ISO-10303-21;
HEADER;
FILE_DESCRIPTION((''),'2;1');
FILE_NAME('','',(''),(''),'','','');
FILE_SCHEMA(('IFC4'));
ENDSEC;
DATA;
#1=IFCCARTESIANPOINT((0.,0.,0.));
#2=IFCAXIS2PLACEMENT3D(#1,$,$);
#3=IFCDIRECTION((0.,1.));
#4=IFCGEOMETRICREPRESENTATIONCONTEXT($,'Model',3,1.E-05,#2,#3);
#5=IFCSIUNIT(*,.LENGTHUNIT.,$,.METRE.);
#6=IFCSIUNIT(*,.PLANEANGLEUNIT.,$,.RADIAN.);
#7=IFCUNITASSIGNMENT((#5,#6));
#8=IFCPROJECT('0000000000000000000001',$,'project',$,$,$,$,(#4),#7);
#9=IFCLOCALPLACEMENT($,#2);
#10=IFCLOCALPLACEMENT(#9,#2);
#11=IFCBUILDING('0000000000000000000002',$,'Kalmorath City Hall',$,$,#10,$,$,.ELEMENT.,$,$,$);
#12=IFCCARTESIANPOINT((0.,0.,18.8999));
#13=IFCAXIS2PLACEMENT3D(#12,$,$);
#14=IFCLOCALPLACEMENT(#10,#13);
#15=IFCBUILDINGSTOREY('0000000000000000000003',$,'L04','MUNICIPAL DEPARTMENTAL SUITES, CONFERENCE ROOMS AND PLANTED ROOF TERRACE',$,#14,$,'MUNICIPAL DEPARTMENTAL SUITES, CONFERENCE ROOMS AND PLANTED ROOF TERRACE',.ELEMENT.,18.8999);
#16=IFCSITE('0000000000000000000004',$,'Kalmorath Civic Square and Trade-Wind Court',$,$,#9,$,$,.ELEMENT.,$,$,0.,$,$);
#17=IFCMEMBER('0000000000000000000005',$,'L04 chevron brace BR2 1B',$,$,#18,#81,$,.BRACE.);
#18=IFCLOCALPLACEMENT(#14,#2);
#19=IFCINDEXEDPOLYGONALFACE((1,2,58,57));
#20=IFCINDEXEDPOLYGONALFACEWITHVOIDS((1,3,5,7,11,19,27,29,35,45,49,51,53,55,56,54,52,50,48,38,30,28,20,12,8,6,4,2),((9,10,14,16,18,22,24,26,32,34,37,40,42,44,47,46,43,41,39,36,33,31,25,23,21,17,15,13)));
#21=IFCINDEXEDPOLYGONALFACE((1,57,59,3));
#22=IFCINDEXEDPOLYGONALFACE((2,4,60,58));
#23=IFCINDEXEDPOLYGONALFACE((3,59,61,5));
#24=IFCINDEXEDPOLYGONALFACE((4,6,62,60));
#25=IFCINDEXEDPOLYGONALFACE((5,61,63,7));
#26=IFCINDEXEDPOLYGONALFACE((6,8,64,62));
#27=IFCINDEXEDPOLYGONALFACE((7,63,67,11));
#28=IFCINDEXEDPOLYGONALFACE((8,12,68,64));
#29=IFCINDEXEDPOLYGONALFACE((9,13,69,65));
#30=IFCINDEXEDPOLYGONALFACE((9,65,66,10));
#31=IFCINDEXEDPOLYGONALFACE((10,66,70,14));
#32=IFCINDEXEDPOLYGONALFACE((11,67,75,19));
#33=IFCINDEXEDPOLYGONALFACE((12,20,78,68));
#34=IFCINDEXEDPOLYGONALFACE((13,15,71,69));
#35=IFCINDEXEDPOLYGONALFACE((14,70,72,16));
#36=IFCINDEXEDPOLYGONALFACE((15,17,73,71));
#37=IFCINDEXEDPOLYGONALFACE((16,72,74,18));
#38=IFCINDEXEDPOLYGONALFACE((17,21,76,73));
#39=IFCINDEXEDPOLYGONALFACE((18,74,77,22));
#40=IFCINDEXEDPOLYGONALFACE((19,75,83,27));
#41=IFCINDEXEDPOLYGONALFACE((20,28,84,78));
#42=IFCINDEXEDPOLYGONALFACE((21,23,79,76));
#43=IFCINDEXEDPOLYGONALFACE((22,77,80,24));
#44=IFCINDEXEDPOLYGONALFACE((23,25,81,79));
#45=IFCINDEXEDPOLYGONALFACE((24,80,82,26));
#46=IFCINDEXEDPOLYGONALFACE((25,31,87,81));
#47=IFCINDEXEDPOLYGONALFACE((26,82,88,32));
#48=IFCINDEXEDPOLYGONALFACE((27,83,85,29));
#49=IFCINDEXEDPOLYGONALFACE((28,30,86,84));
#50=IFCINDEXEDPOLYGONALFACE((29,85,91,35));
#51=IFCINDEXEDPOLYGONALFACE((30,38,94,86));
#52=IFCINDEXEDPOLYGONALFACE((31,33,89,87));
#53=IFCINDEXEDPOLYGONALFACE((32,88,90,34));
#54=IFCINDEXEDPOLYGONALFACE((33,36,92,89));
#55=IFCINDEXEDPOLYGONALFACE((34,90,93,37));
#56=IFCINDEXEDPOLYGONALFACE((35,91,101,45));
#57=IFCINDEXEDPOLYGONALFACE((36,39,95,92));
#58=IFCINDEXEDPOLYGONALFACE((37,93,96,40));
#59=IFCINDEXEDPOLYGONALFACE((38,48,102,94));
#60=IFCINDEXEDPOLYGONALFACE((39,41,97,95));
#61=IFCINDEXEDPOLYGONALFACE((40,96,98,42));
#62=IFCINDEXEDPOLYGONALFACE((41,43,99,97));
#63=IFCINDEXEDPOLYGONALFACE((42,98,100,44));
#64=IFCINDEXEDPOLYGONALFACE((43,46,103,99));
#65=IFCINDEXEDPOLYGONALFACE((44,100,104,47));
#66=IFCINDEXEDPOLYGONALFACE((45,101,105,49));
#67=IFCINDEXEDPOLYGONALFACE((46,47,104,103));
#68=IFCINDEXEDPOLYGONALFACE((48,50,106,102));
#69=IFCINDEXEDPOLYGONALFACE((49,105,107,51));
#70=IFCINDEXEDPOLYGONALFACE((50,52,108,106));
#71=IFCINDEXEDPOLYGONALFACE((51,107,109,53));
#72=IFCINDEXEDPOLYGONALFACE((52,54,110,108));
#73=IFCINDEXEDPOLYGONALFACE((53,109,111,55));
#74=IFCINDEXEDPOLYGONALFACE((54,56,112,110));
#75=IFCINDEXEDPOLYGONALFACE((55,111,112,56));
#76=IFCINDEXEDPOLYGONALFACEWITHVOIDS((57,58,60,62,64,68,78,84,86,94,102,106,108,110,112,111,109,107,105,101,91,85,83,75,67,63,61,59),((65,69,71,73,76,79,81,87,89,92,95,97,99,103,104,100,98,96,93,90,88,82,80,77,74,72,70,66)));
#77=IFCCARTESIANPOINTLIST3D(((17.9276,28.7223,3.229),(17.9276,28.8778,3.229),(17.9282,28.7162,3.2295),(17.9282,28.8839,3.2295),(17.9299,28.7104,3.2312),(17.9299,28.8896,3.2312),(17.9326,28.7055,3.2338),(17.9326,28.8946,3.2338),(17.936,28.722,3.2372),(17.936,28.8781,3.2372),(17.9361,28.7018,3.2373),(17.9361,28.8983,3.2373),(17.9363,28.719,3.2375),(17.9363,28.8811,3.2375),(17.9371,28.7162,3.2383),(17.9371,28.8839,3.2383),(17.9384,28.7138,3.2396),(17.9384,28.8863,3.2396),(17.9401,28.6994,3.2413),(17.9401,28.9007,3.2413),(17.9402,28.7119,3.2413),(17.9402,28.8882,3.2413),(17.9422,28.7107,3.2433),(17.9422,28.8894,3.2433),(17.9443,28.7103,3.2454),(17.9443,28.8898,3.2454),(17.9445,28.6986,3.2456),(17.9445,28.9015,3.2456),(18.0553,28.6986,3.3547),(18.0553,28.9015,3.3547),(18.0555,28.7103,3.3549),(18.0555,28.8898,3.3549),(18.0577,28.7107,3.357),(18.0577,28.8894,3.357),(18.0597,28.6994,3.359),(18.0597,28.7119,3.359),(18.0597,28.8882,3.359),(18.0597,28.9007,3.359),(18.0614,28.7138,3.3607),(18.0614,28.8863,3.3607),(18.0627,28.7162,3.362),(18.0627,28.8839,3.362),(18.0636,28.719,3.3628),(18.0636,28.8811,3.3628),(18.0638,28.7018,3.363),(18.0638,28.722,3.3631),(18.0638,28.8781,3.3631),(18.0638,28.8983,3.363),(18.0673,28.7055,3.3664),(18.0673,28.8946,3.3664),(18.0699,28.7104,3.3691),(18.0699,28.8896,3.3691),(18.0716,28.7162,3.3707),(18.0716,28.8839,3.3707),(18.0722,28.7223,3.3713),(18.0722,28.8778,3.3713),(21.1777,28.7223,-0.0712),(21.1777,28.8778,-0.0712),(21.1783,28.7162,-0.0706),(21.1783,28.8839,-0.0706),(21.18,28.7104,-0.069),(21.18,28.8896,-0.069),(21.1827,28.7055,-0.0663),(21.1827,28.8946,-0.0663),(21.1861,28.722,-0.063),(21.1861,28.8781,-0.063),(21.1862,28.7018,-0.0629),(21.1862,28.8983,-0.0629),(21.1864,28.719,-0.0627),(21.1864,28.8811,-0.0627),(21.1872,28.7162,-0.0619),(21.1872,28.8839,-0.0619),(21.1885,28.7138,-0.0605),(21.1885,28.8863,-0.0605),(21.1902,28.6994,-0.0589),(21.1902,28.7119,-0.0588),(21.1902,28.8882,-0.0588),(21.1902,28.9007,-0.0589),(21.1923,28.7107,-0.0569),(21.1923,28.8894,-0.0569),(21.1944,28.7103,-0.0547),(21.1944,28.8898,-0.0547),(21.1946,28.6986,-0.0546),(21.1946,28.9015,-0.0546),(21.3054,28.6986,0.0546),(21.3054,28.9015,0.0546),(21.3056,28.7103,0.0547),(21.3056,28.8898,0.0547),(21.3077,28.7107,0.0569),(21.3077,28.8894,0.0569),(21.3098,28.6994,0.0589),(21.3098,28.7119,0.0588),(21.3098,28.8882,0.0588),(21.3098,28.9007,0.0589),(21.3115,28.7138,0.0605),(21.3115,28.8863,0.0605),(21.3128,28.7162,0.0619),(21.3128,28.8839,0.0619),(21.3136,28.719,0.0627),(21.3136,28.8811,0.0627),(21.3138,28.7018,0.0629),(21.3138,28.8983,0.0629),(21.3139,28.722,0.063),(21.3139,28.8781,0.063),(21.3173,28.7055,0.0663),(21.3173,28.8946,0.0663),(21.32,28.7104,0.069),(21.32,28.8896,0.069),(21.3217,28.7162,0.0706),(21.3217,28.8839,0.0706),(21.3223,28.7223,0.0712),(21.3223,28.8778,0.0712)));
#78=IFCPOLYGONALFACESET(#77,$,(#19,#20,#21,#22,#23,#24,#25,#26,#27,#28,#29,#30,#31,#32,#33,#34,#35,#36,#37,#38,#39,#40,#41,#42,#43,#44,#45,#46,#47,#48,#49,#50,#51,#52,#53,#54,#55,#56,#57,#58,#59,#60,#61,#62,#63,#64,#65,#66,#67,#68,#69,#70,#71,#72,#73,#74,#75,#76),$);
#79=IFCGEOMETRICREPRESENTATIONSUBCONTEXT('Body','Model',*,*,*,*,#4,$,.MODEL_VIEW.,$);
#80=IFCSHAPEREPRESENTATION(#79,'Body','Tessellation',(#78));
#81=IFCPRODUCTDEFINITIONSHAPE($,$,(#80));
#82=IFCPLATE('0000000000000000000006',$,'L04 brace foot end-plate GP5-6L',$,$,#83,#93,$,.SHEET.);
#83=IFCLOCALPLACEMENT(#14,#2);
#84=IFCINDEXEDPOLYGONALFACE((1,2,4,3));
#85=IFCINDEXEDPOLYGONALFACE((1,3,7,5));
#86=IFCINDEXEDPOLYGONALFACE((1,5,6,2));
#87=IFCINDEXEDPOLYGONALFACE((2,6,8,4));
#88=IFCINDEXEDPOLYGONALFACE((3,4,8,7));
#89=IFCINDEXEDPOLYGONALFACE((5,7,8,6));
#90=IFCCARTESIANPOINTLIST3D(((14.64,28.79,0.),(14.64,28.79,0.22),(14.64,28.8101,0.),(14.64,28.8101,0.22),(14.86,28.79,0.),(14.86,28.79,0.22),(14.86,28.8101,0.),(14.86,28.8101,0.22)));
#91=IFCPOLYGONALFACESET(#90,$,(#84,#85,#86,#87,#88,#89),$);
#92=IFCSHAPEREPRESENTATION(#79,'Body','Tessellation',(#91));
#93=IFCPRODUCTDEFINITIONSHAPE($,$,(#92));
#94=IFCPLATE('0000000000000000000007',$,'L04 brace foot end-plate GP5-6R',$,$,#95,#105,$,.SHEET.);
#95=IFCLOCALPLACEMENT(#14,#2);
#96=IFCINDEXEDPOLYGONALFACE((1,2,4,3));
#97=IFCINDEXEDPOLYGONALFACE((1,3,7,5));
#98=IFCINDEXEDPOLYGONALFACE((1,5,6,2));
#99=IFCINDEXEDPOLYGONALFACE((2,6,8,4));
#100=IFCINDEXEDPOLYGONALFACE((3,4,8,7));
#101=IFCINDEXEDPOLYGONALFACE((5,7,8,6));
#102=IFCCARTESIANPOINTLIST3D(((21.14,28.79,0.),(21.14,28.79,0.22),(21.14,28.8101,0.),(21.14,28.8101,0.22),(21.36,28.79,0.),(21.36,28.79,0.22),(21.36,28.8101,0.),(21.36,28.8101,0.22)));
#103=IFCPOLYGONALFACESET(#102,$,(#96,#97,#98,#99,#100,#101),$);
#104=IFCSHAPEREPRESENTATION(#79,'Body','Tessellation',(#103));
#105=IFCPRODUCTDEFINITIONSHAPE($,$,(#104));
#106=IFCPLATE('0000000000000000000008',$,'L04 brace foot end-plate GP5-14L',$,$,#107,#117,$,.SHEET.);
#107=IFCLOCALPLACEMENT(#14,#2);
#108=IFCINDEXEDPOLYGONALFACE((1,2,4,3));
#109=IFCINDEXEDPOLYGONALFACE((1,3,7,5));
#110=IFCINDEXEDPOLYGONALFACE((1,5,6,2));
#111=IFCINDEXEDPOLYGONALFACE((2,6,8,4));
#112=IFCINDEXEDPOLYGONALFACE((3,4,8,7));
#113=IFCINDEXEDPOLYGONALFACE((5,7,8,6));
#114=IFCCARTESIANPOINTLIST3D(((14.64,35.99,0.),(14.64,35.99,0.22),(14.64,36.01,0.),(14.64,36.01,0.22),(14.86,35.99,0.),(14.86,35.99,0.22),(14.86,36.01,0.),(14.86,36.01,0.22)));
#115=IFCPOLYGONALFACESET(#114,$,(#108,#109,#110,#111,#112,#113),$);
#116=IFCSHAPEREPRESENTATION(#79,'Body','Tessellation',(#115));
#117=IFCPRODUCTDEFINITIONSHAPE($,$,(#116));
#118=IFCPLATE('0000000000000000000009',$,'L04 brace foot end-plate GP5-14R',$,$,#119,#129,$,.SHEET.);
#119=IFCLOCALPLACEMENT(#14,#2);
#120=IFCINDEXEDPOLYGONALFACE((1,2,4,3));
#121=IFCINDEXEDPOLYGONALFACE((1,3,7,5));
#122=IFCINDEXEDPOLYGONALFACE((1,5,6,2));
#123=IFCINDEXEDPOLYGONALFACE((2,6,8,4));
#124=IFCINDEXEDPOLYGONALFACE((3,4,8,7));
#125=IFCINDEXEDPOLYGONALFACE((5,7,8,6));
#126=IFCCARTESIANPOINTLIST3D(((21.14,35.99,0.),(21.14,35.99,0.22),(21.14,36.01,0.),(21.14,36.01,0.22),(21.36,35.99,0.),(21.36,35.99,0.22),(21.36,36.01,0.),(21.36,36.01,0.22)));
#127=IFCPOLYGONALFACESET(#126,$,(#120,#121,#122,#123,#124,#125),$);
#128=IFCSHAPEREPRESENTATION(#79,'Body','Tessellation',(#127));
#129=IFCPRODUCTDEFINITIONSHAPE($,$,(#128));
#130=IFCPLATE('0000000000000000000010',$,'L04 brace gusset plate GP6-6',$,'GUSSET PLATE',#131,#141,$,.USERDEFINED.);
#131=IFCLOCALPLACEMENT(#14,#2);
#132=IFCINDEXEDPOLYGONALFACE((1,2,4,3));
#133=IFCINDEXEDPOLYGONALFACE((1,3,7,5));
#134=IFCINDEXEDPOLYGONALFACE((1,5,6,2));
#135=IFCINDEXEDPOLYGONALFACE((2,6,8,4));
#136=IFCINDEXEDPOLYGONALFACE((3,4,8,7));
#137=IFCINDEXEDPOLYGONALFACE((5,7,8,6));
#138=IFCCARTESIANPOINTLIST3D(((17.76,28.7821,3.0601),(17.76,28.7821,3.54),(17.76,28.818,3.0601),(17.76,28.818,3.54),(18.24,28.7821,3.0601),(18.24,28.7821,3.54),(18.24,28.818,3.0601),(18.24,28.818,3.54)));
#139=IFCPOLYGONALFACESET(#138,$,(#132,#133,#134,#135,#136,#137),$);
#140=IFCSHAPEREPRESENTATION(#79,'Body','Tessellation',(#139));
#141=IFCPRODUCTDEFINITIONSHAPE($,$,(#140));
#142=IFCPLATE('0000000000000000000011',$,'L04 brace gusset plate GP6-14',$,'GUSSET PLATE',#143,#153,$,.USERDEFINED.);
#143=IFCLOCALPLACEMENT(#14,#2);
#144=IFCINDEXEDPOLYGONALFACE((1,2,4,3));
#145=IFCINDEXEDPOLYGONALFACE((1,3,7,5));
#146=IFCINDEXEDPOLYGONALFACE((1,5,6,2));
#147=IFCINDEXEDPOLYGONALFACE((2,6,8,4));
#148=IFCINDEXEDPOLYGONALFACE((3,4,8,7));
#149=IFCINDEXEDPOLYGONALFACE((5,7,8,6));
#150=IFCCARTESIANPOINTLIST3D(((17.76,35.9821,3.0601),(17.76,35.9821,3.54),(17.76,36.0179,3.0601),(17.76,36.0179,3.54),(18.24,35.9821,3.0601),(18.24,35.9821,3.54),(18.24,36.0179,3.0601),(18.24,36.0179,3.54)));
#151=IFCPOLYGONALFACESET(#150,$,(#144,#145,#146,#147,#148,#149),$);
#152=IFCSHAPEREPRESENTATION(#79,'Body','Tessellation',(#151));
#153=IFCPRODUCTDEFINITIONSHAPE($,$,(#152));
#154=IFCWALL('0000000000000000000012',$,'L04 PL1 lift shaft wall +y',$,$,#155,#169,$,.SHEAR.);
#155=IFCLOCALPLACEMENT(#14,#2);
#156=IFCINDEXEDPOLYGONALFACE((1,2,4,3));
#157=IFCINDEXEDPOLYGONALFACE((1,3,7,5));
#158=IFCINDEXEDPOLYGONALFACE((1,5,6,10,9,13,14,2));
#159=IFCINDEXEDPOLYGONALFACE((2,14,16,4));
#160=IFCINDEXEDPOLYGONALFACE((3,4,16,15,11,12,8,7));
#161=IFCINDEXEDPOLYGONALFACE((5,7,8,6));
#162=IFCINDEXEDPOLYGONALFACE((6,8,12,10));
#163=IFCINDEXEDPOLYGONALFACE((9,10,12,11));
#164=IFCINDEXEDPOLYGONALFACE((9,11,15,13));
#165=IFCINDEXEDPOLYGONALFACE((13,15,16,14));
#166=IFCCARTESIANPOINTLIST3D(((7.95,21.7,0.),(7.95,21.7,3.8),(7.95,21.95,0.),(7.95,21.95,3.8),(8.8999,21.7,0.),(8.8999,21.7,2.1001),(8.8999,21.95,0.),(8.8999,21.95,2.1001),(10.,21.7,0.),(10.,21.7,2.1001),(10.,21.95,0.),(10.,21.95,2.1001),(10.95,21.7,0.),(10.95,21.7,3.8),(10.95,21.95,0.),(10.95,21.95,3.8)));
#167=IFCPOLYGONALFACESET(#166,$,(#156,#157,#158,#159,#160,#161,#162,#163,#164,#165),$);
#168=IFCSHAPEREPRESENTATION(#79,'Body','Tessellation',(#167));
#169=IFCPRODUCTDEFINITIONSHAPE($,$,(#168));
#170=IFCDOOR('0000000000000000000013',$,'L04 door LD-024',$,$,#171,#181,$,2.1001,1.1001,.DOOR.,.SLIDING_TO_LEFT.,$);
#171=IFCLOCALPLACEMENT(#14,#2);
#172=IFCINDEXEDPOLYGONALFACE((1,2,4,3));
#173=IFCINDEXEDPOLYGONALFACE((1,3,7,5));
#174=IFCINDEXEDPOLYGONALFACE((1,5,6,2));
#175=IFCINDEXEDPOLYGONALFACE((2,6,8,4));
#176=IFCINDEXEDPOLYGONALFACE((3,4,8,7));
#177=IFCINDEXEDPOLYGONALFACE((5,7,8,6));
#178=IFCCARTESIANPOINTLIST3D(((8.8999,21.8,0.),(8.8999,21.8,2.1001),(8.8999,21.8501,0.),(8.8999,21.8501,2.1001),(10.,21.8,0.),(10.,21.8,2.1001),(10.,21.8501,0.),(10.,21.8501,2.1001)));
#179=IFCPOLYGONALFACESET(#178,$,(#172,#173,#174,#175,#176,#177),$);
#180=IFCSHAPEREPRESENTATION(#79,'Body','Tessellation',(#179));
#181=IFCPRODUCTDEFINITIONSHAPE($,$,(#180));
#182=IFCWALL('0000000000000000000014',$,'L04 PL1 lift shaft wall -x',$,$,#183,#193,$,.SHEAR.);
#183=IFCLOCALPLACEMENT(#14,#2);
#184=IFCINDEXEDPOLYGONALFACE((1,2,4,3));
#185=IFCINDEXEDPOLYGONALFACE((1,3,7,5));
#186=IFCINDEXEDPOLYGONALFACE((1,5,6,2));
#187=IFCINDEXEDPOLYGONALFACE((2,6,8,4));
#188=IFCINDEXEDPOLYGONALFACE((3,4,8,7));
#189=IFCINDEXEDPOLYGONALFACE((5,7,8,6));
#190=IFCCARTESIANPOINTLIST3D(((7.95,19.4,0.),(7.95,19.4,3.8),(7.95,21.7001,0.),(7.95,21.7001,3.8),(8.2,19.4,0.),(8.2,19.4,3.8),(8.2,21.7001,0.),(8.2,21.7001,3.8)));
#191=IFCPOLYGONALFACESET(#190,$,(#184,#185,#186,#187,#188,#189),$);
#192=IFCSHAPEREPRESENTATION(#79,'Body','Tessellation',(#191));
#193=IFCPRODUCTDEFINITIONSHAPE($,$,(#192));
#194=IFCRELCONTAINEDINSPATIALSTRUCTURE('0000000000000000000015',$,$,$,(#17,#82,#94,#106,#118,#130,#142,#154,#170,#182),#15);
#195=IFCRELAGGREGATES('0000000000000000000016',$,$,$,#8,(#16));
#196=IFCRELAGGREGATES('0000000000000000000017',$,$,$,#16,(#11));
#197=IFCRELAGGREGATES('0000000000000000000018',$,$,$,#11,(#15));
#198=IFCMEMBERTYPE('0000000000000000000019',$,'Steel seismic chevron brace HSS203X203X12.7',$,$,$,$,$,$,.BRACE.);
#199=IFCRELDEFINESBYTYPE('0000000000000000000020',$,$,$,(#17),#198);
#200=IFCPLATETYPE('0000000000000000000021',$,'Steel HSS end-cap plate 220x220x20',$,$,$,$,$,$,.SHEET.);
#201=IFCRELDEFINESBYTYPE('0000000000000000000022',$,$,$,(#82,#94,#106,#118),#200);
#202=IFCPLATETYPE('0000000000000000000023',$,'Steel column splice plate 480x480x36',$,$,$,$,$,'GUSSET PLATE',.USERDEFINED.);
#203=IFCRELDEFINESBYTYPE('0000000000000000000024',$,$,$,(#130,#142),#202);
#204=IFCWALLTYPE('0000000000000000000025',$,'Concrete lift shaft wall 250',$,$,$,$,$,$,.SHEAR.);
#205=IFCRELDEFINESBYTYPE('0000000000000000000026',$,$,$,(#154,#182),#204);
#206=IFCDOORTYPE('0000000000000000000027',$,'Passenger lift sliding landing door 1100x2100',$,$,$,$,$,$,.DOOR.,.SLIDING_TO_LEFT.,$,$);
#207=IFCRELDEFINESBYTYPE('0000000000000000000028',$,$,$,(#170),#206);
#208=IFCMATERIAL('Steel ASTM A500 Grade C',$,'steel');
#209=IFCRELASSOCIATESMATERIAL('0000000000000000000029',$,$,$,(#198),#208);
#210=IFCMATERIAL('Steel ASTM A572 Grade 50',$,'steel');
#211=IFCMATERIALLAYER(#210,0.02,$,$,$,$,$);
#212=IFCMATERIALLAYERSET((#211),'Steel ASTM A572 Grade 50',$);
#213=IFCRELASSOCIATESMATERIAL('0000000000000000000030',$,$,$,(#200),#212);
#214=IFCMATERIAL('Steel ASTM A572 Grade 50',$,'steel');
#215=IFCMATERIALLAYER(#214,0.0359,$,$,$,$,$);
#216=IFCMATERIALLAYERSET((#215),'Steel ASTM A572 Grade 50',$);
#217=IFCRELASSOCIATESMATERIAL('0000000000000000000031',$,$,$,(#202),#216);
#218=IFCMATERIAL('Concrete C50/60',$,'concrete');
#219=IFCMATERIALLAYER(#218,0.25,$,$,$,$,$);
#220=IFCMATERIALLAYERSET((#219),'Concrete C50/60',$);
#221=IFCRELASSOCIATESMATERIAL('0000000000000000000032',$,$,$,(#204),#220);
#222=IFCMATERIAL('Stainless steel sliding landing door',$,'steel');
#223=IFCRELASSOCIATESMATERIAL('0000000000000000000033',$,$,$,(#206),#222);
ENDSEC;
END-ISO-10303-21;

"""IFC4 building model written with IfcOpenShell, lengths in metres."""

from ifc_helpers import new_model, si_unit, direction, frame, frame_2d, origin, origin_2d, place, context, subcontext, project, spatial, rectangle, hollow_rectangle, extrude, material, layer, layer_set, material_profile, profile_set, type_object, element, fill, save


model = new_model("IFC4")

# Units and contexts
model_context = context("Model", 3, precision=1e-05, world=origin(), true_north=direction((0.0, 1.0)))
body_context = subcontext(model_context, "Body", "Model", "MODEL_VIEW")
ifc_project = project(units=[si_unit("LENGTHUNIT", "METRE"), si_unit("PLANEANGLEUNIT", "RADIAN")], contexts=[model_context])

# Site, building, storey
site_placement = place(None, origin())
site = spatial("IfcSite", under=ifc_project, at=site_placement, Name="Kalmorath Civic Square and Trade-Wind Court", CompositionType="ELEMENT", RefElevation=0.0)
building_placement = place(site_placement, origin())
building = spatial("IfcBuilding", under=site, at=building_placement, Name="Kalmorath City Hall", CompositionType="ELEMENT")
storey_placement = place(building_placement, frame((0.0, 0.0, 18.8999)))
storey = spatial("IfcBuildingStorey", under=building, at=storey_placement, Name="L04", Description="MUNICIPAL DEPARTMENTAL SUITES, CONFERENCE ROOMS AND PLANTED ROOF TERRACE", LongName="MUNICIPAL DEPARTMENTAL SUITES, CONFERENCE ROOMS AND PLANTED ROOF TERRACE", CompositionType="ELEMENT", Elevation=18.8999)

# Member
ifc_material_1 = material(Name="Steel ASTM A500 Grade C", Category="steel")
ifc_material_profile_1 = material_profile(ifc_material_1, hollow_rectangle(XDim=0.2029, YDim=0.2029, WallThickness=0.0117, InnerFilletRadius=0.0117, OuterFilletRadius=0.0237, at=origin_2d()), Name="HSS203X203X12.7")
ifc_profile_set_1 = profile_set([ifc_material_profile_1], Name="Steel ASTM A500 Grade C")
member_type_1 = type_object("IfcMemberType", Name="Steel seismic chevron brace HSS203X203X12.7", PredefinedType="BRACE", material=ifc_profile_set_1)
for number, where, z_axis, x_axis, name in (
    (1, (21.25, 28.8, 0.0), (-0.701683, 0.0, 0.712489), (0.0, -1.0, 0.0), "L04 chevron brace BR2 1B"),
):
    element("IfcMember", number, at=place(storey_placement, frame(where, z_axis=z_axis, x_axis=x_axis)), inside=storey, type_object=member_type_1, Name=name, PredefinedType="BRACE", context=body_context, shape_type="SweptSolid", body=[
        extrude(hollow_rectangle(XDim=0.2029, YDim=0.2029, WallThickness=0.0117, InnerFilletRadius=0.0117, OuterFilletRadius=0.0237, at=origin_2d()), origin(), (0.0, 0.0, 1.0), 4.6318),
    ])

# Plates
ifc_material_2 = material(Name="Steel ASTM A572 Grade 50", Category="steel")
ifc_layer_1 = layer(ifc_material_2, 0.02)
ifc_layer_set_1 = layer_set([ifc_layer_1], Name="Steel ASTM A572 Grade 50")
plate_type_1 = type_object("IfcPlateType", Name="Steel HSS end-cap plate 220x220x20", PredefinedType="SHEET", material=ifc_layer_set_1)
for number, where, z_axis, x_axis, name in (
    (2, (14.75, 28.8, 0.0), (0.0, 0.0, 1.0), (1.0, 0.0, 0.0), "L04 brace foot end-plate GP5-6L"),
    (3, (21.25, 28.8, 0.0), (0.0, 0.0, 1.0), (1.0, 0.0, 0.0), "L04 brace foot end-plate GP5-6R"),
    (4, (14.75, 36.0, 0.0), (0.0, 0.0, 1.0), (1.0, 0.0, 0.0), "L04 brace foot end-plate GP5-14L"),
    (5, (21.25, 36.0, 0.0), (0.0, 0.0, 1.0), (1.0, 0.0, 0.0), "L04 brace foot end-plate GP5-14R"),
):
    element("IfcPlate", number, at=place(storey_placement, frame(where, z_axis=z_axis, x_axis=x_axis)), inside=storey, type_object=plate_type_1, Name=name, PredefinedType="SHEET", context=body_context, shape_type="SweptSolid", body=[
        extrude(rectangle(XDim=0.22, YDim=0.02, at=origin_2d()), origin(), (0.0, 0.0, 1.0), 0.22),
    ])
ifc_material_3 = material(Name="Steel ASTM A572 Grade 50", Category="steel")
ifc_layer_2 = layer(ifc_material_3, 0.0359)
ifc_layer_set_2 = layer_set([ifc_layer_2], Name="Steel ASTM A572 Grade 50")
plate_type_2 = type_object("IfcPlateType", Name="Steel column splice plate 480x480x36", ElementType="GUSSET PLATE", PredefinedType="USERDEFINED", material=ifc_layer_set_2)
for number, where, z_axis, x_axis, name in (
    (6, (18.0, 28.8, 3.0601), (0.0, 0.0, 1.0), (1.0, 0.0, 0.0), "L04 brace gusset plate GP6-6"),
    (7, (18.0, 36.0, 3.0601), (0.0, 0.0, 1.0), (1.0, 0.0, 0.0), "L04 brace gusset plate GP6-14"),
):
    element("IfcPlate", number, at=place(storey_placement, frame(where, z_axis=z_axis, x_axis=x_axis)), inside=storey, type_object=plate_type_2, Name=name, ObjectType="GUSSET PLATE", PredefinedType="USERDEFINED", context=body_context, shape_type="SweptSolid", body=[
        extrude(rectangle(XDim=0.48, YDim=0.0359, at=origin_2d()), origin(), (0.0, 0.0, 1.0), 0.48),
    ])

# Wall, opening, door
ifc_material_4 = material(Name="Concrete C50/60", Category="concrete")
ifc_layer_3 = layer(ifc_material_4, 0.25)
ifc_layer_set_3 = layer_set([ifc_layer_3], Name="Concrete C50/60")
wall_type_1 = type_object("IfcWallType", Name="Concrete lift shaft wall 250", PredefinedType="SHEAR", material=ifc_layer_set_3)
wall_1_placement = place(storey_placement, frame((10.95, 21.825, 0.0), z_axis=(0.0, 0.0, 1.0), x_axis=(-1.0, 0.0, 0.0)))
wall_1 = element("IfcWall", 8, at=wall_1_placement, inside=storey, type_object=wall_type_1, Name="L04 PL1 lift shaft wall +y", PredefinedType="SHEAR", context=body_context, shape_type="SweptSolid", body=[
    extrude(rectangle(XDim=3.0, YDim=0.25, at=frame_2d((1.5, 0.0))), origin(), (0.0, 0.0, 1.0), 3.8),
])
opening_1_placement = place(wall_1_placement, frame((0.95, 0.0, 0.0)))
opening_1 = element("IfcOpeningElement", 9, at=opening_1_placement, cuts=wall_1, PredefinedType="OPENING", context=body_context, shape_type="SweptSolid", body=[
    extrude(rectangle(XDim=1.1001, YDim=2.1001, at=frame_2d((0.55, 1.05))), frame((0.0, 0.135, 0.0), z_axis=(0.0, -1.0, 0.0), x_axis=(1.0, 0.0, 0.0)), (0.0, 0.0, 1.0), 0.27),
])
ifc_material_5 = material(Name="Stainless steel sliding landing door", Category="steel")
door_type_1 = type_object("IfcDoorType", Name="Passenger lift sliding landing door 1100x2100", OperationType="SLIDING_TO_LEFT", PredefinedType="DOOR", material=ifc_material_5)
door_1_placement = place(opening_1_placement, origin())
door_1 = element("IfcDoor", 10, at=door_1_placement, inside=storey, type_object=door_type_1, Name="L04 door LD-024", OperationType="SLIDING_TO_LEFT", OverallHeight=2.1001, OverallWidth=1.1001, PredefinedType="DOOR", context=body_context, shape_type="SweptSolid", body=[
    extrude(rectangle(XDim=1.1001, YDim=2.1001, at=frame_2d((0.55, 1.05))), frame((0.0, 0.0249, 0.0), z_axis=(0.0, -1.0, 0.0), x_axis=(1.0, 0.0, 0.0)), (0.0, 0.0, 1.0), 0.05),
])
fill(opening_1, door_1)

# Wall
wall_2_placement = place(storey_placement, frame((8.075, 21.7, 0.0), z_axis=(0.0, 0.0, 1.0), x_axis=(0.0, -1.0, 0.0)))
element("IfcWall", 11, at=wall_2_placement, inside=storey, type_object=wall_type_1, Name="L04 PL1 lift shaft wall -x", PredefinedType="SHEAR", context=body_context, shape_type="SweptSolid", body=[
    extrude(rectangle(XDim=2.3, YDim=0.25, at=frame_2d((1.1499, 0.0))), origin(), (0.0, 0.0, 1.0), 3.8),
])

save(model, "model.ifc")
